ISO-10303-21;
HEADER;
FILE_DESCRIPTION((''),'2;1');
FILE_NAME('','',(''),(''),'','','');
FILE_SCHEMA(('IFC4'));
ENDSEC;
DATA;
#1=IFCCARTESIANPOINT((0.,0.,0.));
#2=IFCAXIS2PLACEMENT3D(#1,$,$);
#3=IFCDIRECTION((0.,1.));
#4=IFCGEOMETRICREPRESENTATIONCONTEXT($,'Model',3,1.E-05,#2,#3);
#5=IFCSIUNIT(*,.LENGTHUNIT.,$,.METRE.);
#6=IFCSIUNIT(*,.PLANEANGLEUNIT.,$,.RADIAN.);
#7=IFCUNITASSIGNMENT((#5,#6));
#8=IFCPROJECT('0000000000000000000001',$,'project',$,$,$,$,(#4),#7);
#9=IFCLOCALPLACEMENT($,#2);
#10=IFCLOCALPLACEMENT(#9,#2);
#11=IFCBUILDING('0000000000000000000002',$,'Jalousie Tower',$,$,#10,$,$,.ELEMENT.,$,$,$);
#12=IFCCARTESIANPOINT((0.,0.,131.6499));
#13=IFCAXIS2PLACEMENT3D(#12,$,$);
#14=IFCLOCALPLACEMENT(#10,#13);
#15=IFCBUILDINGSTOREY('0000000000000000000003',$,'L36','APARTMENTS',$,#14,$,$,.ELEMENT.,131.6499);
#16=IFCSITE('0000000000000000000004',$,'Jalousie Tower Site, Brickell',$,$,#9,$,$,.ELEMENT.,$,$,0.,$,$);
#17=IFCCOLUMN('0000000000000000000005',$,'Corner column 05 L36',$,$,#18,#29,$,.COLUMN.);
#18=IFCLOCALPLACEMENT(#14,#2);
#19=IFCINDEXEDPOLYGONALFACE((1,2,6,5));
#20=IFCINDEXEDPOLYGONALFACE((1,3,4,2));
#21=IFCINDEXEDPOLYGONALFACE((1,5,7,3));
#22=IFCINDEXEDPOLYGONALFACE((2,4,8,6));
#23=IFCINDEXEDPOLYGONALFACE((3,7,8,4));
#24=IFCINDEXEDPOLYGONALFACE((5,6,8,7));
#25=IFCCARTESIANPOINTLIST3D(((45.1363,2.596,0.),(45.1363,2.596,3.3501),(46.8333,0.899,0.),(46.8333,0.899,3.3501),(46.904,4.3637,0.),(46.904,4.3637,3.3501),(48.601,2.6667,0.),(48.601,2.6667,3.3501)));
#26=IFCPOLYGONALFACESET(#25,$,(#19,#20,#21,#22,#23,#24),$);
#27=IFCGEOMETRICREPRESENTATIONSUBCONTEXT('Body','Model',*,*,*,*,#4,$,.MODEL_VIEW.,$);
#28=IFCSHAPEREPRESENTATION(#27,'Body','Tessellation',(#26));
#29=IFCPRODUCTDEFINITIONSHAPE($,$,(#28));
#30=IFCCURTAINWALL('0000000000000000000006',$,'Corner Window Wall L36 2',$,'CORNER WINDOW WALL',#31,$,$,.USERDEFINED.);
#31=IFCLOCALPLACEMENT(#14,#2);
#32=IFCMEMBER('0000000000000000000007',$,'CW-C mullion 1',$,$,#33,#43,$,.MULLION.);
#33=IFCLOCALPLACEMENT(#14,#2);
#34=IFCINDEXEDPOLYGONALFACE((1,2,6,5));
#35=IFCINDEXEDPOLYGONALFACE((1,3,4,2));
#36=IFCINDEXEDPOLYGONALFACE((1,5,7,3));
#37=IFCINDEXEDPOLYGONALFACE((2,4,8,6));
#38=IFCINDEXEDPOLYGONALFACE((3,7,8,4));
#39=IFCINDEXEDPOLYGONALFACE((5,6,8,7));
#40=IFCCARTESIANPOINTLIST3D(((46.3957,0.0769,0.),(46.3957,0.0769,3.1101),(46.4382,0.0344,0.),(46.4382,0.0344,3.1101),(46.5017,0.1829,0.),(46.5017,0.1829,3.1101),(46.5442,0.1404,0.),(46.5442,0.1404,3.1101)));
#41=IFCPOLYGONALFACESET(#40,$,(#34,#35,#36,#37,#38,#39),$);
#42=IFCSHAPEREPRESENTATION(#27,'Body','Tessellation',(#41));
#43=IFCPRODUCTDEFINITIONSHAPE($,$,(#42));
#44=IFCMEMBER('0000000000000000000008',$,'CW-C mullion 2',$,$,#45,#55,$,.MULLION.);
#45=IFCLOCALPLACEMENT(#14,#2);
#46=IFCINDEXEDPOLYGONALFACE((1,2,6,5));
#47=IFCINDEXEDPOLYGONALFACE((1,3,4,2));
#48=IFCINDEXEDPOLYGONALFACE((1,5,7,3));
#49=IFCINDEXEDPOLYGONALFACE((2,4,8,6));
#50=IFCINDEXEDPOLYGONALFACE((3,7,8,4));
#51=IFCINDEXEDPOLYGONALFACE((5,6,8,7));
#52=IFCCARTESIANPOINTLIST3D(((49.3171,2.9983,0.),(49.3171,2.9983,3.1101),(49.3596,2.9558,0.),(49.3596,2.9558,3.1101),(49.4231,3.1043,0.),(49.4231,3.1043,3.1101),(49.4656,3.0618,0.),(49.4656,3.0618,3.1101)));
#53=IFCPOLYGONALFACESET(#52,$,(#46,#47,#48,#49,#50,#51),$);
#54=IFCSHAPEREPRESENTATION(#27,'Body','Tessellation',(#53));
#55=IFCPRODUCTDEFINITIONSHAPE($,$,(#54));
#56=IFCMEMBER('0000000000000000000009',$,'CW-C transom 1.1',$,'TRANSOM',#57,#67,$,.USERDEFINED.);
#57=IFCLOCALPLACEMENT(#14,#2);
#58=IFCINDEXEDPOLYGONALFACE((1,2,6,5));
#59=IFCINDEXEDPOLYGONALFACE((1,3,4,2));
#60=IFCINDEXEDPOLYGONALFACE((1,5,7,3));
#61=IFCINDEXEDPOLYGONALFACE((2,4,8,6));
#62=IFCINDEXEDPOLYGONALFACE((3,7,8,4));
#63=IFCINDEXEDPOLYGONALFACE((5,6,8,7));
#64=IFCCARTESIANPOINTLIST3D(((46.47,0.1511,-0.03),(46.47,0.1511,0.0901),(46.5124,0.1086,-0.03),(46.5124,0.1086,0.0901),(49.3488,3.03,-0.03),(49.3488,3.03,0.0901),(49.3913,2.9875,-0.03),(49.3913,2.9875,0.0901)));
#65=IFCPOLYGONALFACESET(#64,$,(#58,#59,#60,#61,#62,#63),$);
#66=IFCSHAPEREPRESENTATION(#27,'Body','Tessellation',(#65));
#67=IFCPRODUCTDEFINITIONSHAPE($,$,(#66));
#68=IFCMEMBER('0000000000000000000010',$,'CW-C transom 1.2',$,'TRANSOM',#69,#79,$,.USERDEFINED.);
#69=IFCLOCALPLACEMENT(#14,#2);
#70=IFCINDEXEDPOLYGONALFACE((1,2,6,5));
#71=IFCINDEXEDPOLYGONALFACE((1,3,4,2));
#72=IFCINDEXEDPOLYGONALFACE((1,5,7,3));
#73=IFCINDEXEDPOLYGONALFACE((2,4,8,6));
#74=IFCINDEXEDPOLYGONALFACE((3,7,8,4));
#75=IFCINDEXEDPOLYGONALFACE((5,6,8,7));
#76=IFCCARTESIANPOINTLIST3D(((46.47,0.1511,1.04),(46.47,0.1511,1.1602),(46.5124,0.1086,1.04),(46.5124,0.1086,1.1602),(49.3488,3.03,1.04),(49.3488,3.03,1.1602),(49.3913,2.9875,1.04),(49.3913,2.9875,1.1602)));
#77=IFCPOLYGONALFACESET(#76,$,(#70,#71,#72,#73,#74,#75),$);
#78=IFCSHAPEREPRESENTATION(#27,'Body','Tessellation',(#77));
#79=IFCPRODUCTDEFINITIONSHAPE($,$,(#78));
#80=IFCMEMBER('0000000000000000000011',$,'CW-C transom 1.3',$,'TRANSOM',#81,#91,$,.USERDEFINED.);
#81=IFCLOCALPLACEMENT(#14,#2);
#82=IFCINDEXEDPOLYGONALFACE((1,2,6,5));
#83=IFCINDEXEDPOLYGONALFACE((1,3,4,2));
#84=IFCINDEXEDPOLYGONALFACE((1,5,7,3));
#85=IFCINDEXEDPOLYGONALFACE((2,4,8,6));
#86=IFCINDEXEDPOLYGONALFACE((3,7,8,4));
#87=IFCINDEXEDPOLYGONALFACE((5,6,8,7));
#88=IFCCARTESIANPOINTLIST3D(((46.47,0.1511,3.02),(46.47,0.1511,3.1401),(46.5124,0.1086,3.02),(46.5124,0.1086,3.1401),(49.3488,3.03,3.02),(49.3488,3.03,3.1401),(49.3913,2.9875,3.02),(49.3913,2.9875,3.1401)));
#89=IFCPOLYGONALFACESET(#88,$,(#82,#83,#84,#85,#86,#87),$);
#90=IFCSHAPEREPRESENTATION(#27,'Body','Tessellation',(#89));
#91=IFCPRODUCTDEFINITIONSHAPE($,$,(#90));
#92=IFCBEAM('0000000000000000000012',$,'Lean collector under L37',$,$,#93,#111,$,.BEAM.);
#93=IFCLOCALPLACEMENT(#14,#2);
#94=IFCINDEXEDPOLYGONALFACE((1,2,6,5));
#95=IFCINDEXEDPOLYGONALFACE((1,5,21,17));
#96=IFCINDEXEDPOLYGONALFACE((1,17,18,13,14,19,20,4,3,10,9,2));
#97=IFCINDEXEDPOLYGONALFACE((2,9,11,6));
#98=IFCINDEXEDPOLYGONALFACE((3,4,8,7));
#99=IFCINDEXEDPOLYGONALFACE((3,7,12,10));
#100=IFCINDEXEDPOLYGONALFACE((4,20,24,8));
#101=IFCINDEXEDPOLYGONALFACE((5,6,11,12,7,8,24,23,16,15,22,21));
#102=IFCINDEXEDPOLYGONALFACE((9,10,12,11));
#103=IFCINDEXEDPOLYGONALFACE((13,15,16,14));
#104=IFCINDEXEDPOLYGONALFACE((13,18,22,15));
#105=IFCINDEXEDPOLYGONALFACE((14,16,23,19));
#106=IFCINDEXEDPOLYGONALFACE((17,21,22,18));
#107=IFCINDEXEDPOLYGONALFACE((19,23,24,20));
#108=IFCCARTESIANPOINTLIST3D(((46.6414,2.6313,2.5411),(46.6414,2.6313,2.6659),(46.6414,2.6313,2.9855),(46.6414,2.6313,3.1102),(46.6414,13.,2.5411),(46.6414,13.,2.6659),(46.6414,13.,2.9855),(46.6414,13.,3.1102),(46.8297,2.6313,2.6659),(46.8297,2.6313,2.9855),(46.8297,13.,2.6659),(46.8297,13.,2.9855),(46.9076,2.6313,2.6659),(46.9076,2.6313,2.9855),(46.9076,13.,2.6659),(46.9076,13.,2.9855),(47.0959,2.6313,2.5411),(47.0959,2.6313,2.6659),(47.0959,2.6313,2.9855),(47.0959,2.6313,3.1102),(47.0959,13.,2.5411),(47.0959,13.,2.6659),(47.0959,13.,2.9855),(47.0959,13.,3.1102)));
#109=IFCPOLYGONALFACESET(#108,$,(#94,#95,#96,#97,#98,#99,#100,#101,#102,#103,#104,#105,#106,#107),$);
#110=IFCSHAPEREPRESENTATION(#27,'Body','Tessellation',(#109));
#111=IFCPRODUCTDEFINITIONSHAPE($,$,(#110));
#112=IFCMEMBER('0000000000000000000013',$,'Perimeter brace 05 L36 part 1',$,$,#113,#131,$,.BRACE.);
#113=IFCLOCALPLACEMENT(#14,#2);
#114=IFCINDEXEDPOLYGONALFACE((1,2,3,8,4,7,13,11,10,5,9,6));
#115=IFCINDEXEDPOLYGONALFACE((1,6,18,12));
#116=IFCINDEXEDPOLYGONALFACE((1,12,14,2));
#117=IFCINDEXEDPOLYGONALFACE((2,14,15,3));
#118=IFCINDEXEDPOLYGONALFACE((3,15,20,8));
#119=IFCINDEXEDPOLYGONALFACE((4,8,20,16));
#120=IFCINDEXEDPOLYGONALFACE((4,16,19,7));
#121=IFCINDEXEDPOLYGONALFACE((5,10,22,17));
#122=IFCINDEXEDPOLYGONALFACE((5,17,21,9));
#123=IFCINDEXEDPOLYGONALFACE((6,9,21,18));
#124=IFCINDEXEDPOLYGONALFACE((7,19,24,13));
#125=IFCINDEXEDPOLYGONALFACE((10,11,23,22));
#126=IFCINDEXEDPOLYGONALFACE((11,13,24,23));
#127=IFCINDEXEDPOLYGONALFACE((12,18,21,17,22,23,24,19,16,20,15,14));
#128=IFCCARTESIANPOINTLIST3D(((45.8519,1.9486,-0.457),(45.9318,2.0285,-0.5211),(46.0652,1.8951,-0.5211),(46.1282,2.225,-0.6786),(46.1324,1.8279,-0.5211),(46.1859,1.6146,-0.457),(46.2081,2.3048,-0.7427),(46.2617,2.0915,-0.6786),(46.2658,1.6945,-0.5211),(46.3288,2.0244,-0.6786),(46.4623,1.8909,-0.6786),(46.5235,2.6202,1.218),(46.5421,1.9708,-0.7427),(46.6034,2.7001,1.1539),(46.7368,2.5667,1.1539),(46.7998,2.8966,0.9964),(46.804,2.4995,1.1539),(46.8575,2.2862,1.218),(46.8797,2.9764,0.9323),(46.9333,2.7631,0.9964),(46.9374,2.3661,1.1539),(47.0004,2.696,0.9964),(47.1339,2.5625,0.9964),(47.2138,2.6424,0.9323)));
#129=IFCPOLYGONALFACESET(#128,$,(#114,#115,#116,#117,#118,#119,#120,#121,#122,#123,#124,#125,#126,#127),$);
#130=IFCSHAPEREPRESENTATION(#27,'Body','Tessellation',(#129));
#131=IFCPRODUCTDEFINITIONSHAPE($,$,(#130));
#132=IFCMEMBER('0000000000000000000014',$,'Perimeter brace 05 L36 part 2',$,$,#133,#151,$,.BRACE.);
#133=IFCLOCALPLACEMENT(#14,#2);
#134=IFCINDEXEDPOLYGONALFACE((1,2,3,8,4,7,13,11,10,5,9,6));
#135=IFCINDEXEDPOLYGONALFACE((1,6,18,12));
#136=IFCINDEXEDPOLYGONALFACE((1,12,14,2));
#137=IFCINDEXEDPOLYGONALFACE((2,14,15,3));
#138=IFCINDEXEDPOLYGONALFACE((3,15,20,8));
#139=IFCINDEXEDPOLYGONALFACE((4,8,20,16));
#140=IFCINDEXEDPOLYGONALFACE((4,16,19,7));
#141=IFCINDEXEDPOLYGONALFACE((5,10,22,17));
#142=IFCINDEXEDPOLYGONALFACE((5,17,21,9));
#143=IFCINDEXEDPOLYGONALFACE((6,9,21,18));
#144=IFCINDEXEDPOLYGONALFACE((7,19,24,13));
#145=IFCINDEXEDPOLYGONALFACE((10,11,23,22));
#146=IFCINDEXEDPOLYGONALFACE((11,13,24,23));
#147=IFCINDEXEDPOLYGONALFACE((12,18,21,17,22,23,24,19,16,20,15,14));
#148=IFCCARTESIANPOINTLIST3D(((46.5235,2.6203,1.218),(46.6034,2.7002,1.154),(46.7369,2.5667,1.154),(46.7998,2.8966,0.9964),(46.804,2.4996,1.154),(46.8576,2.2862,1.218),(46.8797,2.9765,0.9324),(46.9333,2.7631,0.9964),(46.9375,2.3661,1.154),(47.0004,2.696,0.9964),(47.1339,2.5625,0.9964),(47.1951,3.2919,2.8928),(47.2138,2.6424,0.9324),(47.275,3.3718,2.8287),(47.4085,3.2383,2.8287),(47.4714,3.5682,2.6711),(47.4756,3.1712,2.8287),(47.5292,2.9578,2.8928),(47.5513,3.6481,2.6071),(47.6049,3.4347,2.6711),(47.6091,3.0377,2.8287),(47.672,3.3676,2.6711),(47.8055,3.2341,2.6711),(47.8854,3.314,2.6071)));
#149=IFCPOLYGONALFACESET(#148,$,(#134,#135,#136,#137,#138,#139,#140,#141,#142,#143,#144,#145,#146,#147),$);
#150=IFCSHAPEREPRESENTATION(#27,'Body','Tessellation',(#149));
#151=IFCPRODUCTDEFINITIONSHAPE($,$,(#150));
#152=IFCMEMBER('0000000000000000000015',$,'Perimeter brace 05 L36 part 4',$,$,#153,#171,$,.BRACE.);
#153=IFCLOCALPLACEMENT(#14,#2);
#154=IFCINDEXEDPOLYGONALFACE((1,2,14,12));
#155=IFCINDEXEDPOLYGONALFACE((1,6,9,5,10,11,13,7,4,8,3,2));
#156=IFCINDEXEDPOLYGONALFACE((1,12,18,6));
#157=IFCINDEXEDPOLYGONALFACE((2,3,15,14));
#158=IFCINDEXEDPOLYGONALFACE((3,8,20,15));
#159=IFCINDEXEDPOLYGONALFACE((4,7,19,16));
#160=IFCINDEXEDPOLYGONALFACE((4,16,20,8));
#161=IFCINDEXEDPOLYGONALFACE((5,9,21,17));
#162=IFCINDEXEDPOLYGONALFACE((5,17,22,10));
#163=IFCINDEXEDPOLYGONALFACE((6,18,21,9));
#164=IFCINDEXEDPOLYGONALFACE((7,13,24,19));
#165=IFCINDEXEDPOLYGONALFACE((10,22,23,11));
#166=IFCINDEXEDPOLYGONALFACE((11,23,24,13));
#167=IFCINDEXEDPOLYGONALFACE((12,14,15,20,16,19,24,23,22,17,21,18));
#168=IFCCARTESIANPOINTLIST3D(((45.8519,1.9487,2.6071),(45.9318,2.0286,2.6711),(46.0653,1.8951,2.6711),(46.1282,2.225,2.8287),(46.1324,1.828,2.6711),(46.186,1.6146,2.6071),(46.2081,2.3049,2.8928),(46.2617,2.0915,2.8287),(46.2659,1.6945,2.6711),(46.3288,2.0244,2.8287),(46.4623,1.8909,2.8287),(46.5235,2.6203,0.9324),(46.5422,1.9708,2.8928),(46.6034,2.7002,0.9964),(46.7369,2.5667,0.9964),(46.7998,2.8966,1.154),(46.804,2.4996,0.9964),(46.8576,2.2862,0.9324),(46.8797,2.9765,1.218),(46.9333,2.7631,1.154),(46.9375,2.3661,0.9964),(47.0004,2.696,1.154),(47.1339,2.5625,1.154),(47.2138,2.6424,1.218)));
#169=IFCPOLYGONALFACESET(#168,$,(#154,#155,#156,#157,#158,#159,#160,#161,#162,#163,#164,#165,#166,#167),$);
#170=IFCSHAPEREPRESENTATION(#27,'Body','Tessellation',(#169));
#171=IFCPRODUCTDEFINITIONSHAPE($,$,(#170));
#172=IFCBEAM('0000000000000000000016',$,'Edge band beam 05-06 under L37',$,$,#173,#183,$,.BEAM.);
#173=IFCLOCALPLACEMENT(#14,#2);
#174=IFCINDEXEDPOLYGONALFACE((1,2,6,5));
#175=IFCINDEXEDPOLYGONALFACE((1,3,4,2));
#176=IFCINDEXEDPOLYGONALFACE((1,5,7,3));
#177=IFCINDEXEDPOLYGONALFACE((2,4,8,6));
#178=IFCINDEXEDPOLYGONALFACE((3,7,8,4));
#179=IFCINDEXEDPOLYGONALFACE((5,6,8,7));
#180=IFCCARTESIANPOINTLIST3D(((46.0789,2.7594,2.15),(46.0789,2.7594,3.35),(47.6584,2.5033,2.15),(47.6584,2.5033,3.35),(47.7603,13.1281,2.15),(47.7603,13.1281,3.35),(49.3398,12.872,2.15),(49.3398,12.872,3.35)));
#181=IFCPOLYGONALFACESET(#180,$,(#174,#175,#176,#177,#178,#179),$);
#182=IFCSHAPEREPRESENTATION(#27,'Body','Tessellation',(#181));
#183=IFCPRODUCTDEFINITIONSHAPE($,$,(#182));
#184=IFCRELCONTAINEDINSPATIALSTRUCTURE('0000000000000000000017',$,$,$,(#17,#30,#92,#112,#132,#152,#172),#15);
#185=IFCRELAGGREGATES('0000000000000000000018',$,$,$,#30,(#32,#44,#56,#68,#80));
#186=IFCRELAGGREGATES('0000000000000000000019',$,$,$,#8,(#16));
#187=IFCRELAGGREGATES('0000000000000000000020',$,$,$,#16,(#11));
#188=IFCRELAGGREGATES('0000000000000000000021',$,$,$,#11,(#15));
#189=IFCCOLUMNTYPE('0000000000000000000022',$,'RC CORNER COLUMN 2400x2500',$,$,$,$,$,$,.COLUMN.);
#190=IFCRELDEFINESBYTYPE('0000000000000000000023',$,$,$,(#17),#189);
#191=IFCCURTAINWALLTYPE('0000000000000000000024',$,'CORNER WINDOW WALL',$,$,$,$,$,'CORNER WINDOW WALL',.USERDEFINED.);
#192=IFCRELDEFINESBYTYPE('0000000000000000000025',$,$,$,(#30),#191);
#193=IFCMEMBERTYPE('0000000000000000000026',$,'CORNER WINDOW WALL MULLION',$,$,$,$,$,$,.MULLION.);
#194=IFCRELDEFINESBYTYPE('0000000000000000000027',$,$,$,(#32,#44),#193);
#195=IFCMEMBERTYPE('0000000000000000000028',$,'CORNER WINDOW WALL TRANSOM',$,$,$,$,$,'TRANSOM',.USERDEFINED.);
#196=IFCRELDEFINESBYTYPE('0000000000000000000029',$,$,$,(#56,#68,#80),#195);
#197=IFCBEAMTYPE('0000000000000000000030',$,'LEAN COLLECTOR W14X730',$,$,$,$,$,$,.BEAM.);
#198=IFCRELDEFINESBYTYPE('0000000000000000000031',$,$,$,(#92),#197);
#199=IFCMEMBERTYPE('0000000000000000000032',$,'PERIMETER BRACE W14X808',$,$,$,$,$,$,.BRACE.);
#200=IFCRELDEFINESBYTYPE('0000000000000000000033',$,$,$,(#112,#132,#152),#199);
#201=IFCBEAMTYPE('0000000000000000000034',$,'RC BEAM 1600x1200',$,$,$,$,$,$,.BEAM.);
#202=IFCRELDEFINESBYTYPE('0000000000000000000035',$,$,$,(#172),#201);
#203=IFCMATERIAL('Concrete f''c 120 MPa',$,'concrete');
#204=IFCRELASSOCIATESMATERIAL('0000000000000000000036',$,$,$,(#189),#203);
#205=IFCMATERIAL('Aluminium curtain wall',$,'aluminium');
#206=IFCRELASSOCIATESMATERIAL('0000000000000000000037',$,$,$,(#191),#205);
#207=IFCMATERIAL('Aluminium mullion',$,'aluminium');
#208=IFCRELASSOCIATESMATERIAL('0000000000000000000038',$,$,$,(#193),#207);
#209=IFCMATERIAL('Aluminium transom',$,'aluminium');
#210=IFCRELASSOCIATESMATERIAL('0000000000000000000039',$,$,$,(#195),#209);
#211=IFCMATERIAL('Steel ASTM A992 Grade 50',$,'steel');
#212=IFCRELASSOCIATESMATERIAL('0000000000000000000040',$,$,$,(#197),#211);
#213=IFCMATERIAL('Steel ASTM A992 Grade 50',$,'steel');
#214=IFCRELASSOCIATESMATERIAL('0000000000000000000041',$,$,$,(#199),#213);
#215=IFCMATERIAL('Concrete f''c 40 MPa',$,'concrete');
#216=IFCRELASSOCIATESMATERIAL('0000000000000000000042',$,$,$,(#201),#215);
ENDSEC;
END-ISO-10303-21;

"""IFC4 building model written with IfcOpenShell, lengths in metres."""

from ifc_helpers import new_model, si_unit, direction, frame, origin, origin_2d, place, context, subcontext, project, spatial, rectangle, i_section, extrude, material, material_profile, profile_set, type_object, element, aggregate, save


model = new_model("IFC4")

# Units and contexts
model_context = context("Model", 3, precision=1e-05, world=origin(), true_north=direction((0.0, 1.0)))
body_context = subcontext(model_context, "Body", "Model", "MODEL_VIEW")
ifc_project = project(units=[si_unit("LENGTHUNIT", "METRE"), si_unit("PLANEANGLEUNIT", "RADIAN")], contexts=[model_context])

# Site, building, storey
site_placement = place(None, origin())
site = spatial("IfcSite", under=ifc_project, at=site_placement, Name="Jalousie Tower Site, Brickell", CompositionType="ELEMENT", RefElevation=0.0)
building_placement = place(site_placement, origin())
building = spatial("IfcBuilding", under=site, at=building_placement, Name="Jalousie Tower", CompositionType="ELEMENT")
storey_placement = place(building_placement, frame((0.0, 0.0, 131.6499)))
storey = spatial("IfcBuildingStorey", under=building, at=storey_placement, Name="L36", Description="APARTMENTS", CompositionType="ELEMENT", Elevation=131.6499)

# Column
ifc_material_1 = material(Name="Concrete f'c 120 MPa", Category="concrete")
ifc_material_profile_1 = material_profile(ifc_material_1, rectangle(XDim=2.3999, YDim=2.5, at=origin_2d()), Name="RC 2400x2500")
ifc_profile_set_1 = profile_set([ifc_material_profile_1], Name="Concrete f'c 120 MPa")
column_type = type_object("IfcColumnType", Name="RC CORNER COLUMN 2400x2500", PredefinedType="COLUMN", material=ifc_profile_set_1)
column_placement = place(storey_placement, frame((46.8687, 2.6313, 0.0), z_axis=(0.0, 0.0, 1.0), x_axis=(-0.707107, 0.707107, 0.0)))
element("IfcColumn", 1, at=column_placement, inside=storey, type_object=column_type, Name="Corner column 05 L36", PredefinedType="COLUMN", context=body_context, shape_type="SweptSolid", body=[
    extrude(rectangle(XDim=2.3999, YDim=2.5, at=origin_2d()), origin(), (0.0, 0.0, 1.0), 3.3501),
])

# Curtain wall, members
ifc_material_2 = material(Name="Aluminium curtain wall", Category="aluminium")
curtain_wall_type_1 = type_object("IfcCurtainWallType", Name="CORNER WINDOW WALL", ElementType="CORNER WINDOW WALL", PredefinedType="USERDEFINED", material=ifc_material_2)
curtain_wall_1_placement = place(storey_placement, origin())
curtain_wall_1 = element("IfcCurtainWall", 2, at=curtain_wall_1_placement, inside=storey, type_object=curtain_wall_type_1, Name="Corner Window Wall L36 2", ObjectType="CORNER WINDOW WALL", PredefinedType="USERDEFINED")
ifc_material_3 = material(Name="Aluminium mullion", Category="aluminium")
ifc_material_profile_2 = material_profile(ifc_material_3, rectangle(XDim=0.0601, YDim=0.1499, at=origin_2d()), Name="MULLION 60x150")
ifc_profile_set_2 = profile_set([ifc_material_profile_2], Name="Aluminium mullion")
member_type_1 = type_object("IfcMemberType", Name="CORNER WINDOW WALL MULLION", PredefinedType="MULLION", material=ifc_profile_set_2)
member_1_placement = place(storey_placement, frame((46.47, 0.1086, 0.0), z_axis=(0.0, 0.0, 1.0), x_axis=(-0.707107, 0.707107, 0.0)))
member_1 = element("IfcMember", 3, at=member_1_placement, type_object=member_type_1, Name="CW-C mullion 1", PredefinedType="MULLION", context=body_context, shape_type="SweptSolid", body=[
    extrude(rectangle(XDim=0.0601, YDim=0.1499, at=origin_2d()), origin(), (0.0, 0.0, 1.0), 3.1101),
])
member_2_placement = place(storey_placement, frame((49.3914, 3.03, 0.0), z_axis=(0.0, 0.0, 1.0), x_axis=(-0.707107, 0.707107, 0.0)))
member_2 = element("IfcMember", 4, at=member_2_placement, type_object=member_type_1, Name="CW-C mullion 2", PredefinedType="MULLION", context=body_context, shape_type="SweptSolid", body=[
    extrude(rectangle(XDim=0.0601, YDim=0.1499, at=origin_2d()), origin(), (0.0, 0.0, 1.0), 3.1101),
])
ifc_material_4 = material(Name="Aluminium transom", Category="aluminium")
ifc_material_profile_3 = material_profile(ifc_material_4, rectangle(XDim=0.0601, YDim=0.1201, at=origin_2d()), Name="TRANSOM 60x120")
ifc_profile_set_3 = profile_set([ifc_material_profile_3], Name="Aluminium transom")
member_type_2 = type_object("IfcMemberType", Name="CORNER WINDOW WALL TRANSOM", ElementType="TRANSOM", PredefinedType="USERDEFINED", material=ifc_profile_set_3)
member_3_placement = place(storey_placement, frame((46.4912, 0.1299, 0.03), z_axis=(0.707107, 0.707107, 0.0), x_axis=(-0.707107, 0.707107, 0.0)))
member_3 = element("IfcMember", 5, at=member_3_placement, type_object=member_type_2, Name="CW-C transom 1.1", ObjectType="TRANSOM", PredefinedType="USERDEFINED", context=body_context, shape_type="SweptSolid", body=[
    extrude(rectangle(XDim=0.0601, YDim=0.1201, at=origin_2d()), origin(), (0.0, 0.0, 1.0), 4.0713),
])
member_4_placement = place(storey_placement, frame((46.4912, 0.1299, 1.1001), z_axis=(0.707107, 0.707107, 0.0), x_axis=(-0.707107, 0.707107, 0.0)))
member_4 = element("IfcMember", 6, at=member_4_placement, type_object=member_type_2, Name="CW-C transom 1.2", ObjectType="TRANSOM", PredefinedType="USERDEFINED", context=body_context, shape_type="SweptSolid", body=[
    extrude(rectangle(XDim=0.0601, YDim=0.1201, at=origin_2d()), origin(), (0.0, 0.0, 1.0), 4.0713),
])
member_5_placement = place(storey_placement, frame((46.4912, 0.1299, 3.0801), z_axis=(0.707107, 0.707107, 0.0), x_axis=(-0.707107, 0.707107, 0.0)))
member_5 = element("IfcMember", 7, at=member_5_placement, type_object=member_type_2, Name="CW-C transom 1.3", ObjectType="TRANSOM", PredefinedType="USERDEFINED", context=body_context, shape_type="SweptSolid", body=[
    extrude(rectangle(XDim=0.0601, YDim=0.1201, at=origin_2d()), origin(), (0.0, 0.0, 1.0), 4.0713),
])

# Beam
ifc_material_5 = material(Name="Steel ASTM A992 Grade 50", Category="steel")
ifc_material_profile_4 = material_profile(ifc_material_5, i_section(OverallWidth=0.4546, OverallDepth=0.5691, WebThickness=0.0779, FlangeThickness=0.1248, at=origin_2d()), Name="W14X730")
ifc_profile_set_4 = profile_set([ifc_material_profile_4], Name="Steel ASTM A992 Grade 50")
beam_type_1 = type_object("IfcBeamType", Name="LEAN COLLECTOR W14X730", PredefinedType="BEAM", material=ifc_profile_set_4)
beam_1_placement = place(storey_placement, frame((46.8687, 2.6313, 2.8257), z_axis=(0.0, 1.0, 0.0), x_axis=(-1.0, 0.0, 0.0)))
element("IfcBeam", 8, at=beam_1_placement, inside=storey, type_object=beam_type_1, Name="Lean collector under L37", PredefinedType="BEAM", context=body_context, shape_type="SweptSolid", body=[
    extrude(i_section(OverallWidth=0.4546, OverallDepth=0.5691, WebThickness=0.0779, FlangeThickness=0.1248, at=origin_2d()), origin(), (0.0, 0.0, 1.0), 10.3687),
])

# Members
ifc_material_6 = material(Name="Steel ASTM A992 Grade 50", Category="steel")
ifc_material_profile_5 = material_profile(ifc_material_6, i_section(OverallWidth=0.4724, OverallDepth=0.5791, WebThickness=0.095, FlangeThickness=0.1299, at=origin_2d()), Name="W14X808")
ifc_profile_set_5 = profile_set([ifc_material_profile_5], Name="Steel ASTM A992 Grade 50")
member_type_3 = type_object("IfcMemberType", Name="PERIMETER BRACE W14X808", PredefinedType="BRACE", material=ifc_profile_set_5)
member_6_placement = place(storey_placement, frame((46.197, 1.9597, -0.5999), z_axis=(0.348789, 0.348789, 0.869881), x_axis=(-0.707107, 0.707107, 0.0)))
element("IfcMember", 9, at=member_6_placement, inside=storey, type_object=member_type_3, Name="Perimeter brace 05 L36 part 1", PredefinedType="BRACE", context=body_context, shape_type="SweptSolid", body=[
    extrude(i_section(OverallWidth=0.4724, OverallDepth=0.5791, WebThickness=0.095, FlangeThickness=0.1299, at=origin_2d()), origin(), (0.0, 0.0, 1.0), 1.9255),
])
for number, where, z_axis, x_axis, name in (
    (10, (46.8687, 2.6313, 1.0752), (0.348828, 0.348828, 0.86985), (-0.707107, 0.707107, 0.0), "Perimeter brace 05 L36 part 2"),
    (11, (46.8687, 2.6313, 1.0752), (-0.348828, -0.348828, 0.86985), (0.707107, -0.707107, 0.0), "Perimeter brace 05 L36 part 4"),
):
    element("IfcMember", number, at=place(storey_placement, frame(where, z_axis=z_axis, x_axis=x_axis)), inside=storey, type_object=member_type_3, Name=name, PredefinedType="BRACE", context=body_context, shape_type="SweptSolid", body=[
        extrude(i_section(OverallWidth=0.4724, OverallDepth=0.5791, WebThickness=0.095, FlangeThickness=0.1299, at=origin_2d()), origin(), (0.0, 0.0, 1.0), 1.9253),
    ])

# Beam
ifc_material_7 = material(Name="Concrete f'c 40 MPa", Category="concrete")
ifc_material_profile_6 = material_profile(ifc_material_7, rectangle(XDim=1.6001, YDim=1.2, at=origin_2d()), Name="RC 1600x1200")
ifc_profile_set_6 = profile_set([ifc_material_profile_6], Name="Concrete f'c 40 MPa")
beam_type_2 = type_object("IfcBeamType", Name="RC BEAM 1600x1200", PredefinedType="BEAM", material=ifc_profile_set_6)
beam_2_placement = place(storey_placement, frame((46.8687, 2.6313, 2.75), z_axis=(0.160071, 0.987106, 0.0), x_axis=(-0.987106, 0.160071, 0.0)))
element("IfcBeam", 12, at=beam_2_placement, inside=storey, type_object=beam_type_2, Name="Edge band beam 05-06 under L37", PredefinedType="BEAM", context=body_context, shape_type="SweptSolid", body=[
    extrude(rectangle(XDim=1.6001, YDim=1.2, at=origin_2d()), origin(), (0.0, 0.0, 1.0), 10.5042),
])

aggregate(curtain_wall_1, [member_1, member_2, member_3, member_4, member_5])

save(model, "model.ifc")
